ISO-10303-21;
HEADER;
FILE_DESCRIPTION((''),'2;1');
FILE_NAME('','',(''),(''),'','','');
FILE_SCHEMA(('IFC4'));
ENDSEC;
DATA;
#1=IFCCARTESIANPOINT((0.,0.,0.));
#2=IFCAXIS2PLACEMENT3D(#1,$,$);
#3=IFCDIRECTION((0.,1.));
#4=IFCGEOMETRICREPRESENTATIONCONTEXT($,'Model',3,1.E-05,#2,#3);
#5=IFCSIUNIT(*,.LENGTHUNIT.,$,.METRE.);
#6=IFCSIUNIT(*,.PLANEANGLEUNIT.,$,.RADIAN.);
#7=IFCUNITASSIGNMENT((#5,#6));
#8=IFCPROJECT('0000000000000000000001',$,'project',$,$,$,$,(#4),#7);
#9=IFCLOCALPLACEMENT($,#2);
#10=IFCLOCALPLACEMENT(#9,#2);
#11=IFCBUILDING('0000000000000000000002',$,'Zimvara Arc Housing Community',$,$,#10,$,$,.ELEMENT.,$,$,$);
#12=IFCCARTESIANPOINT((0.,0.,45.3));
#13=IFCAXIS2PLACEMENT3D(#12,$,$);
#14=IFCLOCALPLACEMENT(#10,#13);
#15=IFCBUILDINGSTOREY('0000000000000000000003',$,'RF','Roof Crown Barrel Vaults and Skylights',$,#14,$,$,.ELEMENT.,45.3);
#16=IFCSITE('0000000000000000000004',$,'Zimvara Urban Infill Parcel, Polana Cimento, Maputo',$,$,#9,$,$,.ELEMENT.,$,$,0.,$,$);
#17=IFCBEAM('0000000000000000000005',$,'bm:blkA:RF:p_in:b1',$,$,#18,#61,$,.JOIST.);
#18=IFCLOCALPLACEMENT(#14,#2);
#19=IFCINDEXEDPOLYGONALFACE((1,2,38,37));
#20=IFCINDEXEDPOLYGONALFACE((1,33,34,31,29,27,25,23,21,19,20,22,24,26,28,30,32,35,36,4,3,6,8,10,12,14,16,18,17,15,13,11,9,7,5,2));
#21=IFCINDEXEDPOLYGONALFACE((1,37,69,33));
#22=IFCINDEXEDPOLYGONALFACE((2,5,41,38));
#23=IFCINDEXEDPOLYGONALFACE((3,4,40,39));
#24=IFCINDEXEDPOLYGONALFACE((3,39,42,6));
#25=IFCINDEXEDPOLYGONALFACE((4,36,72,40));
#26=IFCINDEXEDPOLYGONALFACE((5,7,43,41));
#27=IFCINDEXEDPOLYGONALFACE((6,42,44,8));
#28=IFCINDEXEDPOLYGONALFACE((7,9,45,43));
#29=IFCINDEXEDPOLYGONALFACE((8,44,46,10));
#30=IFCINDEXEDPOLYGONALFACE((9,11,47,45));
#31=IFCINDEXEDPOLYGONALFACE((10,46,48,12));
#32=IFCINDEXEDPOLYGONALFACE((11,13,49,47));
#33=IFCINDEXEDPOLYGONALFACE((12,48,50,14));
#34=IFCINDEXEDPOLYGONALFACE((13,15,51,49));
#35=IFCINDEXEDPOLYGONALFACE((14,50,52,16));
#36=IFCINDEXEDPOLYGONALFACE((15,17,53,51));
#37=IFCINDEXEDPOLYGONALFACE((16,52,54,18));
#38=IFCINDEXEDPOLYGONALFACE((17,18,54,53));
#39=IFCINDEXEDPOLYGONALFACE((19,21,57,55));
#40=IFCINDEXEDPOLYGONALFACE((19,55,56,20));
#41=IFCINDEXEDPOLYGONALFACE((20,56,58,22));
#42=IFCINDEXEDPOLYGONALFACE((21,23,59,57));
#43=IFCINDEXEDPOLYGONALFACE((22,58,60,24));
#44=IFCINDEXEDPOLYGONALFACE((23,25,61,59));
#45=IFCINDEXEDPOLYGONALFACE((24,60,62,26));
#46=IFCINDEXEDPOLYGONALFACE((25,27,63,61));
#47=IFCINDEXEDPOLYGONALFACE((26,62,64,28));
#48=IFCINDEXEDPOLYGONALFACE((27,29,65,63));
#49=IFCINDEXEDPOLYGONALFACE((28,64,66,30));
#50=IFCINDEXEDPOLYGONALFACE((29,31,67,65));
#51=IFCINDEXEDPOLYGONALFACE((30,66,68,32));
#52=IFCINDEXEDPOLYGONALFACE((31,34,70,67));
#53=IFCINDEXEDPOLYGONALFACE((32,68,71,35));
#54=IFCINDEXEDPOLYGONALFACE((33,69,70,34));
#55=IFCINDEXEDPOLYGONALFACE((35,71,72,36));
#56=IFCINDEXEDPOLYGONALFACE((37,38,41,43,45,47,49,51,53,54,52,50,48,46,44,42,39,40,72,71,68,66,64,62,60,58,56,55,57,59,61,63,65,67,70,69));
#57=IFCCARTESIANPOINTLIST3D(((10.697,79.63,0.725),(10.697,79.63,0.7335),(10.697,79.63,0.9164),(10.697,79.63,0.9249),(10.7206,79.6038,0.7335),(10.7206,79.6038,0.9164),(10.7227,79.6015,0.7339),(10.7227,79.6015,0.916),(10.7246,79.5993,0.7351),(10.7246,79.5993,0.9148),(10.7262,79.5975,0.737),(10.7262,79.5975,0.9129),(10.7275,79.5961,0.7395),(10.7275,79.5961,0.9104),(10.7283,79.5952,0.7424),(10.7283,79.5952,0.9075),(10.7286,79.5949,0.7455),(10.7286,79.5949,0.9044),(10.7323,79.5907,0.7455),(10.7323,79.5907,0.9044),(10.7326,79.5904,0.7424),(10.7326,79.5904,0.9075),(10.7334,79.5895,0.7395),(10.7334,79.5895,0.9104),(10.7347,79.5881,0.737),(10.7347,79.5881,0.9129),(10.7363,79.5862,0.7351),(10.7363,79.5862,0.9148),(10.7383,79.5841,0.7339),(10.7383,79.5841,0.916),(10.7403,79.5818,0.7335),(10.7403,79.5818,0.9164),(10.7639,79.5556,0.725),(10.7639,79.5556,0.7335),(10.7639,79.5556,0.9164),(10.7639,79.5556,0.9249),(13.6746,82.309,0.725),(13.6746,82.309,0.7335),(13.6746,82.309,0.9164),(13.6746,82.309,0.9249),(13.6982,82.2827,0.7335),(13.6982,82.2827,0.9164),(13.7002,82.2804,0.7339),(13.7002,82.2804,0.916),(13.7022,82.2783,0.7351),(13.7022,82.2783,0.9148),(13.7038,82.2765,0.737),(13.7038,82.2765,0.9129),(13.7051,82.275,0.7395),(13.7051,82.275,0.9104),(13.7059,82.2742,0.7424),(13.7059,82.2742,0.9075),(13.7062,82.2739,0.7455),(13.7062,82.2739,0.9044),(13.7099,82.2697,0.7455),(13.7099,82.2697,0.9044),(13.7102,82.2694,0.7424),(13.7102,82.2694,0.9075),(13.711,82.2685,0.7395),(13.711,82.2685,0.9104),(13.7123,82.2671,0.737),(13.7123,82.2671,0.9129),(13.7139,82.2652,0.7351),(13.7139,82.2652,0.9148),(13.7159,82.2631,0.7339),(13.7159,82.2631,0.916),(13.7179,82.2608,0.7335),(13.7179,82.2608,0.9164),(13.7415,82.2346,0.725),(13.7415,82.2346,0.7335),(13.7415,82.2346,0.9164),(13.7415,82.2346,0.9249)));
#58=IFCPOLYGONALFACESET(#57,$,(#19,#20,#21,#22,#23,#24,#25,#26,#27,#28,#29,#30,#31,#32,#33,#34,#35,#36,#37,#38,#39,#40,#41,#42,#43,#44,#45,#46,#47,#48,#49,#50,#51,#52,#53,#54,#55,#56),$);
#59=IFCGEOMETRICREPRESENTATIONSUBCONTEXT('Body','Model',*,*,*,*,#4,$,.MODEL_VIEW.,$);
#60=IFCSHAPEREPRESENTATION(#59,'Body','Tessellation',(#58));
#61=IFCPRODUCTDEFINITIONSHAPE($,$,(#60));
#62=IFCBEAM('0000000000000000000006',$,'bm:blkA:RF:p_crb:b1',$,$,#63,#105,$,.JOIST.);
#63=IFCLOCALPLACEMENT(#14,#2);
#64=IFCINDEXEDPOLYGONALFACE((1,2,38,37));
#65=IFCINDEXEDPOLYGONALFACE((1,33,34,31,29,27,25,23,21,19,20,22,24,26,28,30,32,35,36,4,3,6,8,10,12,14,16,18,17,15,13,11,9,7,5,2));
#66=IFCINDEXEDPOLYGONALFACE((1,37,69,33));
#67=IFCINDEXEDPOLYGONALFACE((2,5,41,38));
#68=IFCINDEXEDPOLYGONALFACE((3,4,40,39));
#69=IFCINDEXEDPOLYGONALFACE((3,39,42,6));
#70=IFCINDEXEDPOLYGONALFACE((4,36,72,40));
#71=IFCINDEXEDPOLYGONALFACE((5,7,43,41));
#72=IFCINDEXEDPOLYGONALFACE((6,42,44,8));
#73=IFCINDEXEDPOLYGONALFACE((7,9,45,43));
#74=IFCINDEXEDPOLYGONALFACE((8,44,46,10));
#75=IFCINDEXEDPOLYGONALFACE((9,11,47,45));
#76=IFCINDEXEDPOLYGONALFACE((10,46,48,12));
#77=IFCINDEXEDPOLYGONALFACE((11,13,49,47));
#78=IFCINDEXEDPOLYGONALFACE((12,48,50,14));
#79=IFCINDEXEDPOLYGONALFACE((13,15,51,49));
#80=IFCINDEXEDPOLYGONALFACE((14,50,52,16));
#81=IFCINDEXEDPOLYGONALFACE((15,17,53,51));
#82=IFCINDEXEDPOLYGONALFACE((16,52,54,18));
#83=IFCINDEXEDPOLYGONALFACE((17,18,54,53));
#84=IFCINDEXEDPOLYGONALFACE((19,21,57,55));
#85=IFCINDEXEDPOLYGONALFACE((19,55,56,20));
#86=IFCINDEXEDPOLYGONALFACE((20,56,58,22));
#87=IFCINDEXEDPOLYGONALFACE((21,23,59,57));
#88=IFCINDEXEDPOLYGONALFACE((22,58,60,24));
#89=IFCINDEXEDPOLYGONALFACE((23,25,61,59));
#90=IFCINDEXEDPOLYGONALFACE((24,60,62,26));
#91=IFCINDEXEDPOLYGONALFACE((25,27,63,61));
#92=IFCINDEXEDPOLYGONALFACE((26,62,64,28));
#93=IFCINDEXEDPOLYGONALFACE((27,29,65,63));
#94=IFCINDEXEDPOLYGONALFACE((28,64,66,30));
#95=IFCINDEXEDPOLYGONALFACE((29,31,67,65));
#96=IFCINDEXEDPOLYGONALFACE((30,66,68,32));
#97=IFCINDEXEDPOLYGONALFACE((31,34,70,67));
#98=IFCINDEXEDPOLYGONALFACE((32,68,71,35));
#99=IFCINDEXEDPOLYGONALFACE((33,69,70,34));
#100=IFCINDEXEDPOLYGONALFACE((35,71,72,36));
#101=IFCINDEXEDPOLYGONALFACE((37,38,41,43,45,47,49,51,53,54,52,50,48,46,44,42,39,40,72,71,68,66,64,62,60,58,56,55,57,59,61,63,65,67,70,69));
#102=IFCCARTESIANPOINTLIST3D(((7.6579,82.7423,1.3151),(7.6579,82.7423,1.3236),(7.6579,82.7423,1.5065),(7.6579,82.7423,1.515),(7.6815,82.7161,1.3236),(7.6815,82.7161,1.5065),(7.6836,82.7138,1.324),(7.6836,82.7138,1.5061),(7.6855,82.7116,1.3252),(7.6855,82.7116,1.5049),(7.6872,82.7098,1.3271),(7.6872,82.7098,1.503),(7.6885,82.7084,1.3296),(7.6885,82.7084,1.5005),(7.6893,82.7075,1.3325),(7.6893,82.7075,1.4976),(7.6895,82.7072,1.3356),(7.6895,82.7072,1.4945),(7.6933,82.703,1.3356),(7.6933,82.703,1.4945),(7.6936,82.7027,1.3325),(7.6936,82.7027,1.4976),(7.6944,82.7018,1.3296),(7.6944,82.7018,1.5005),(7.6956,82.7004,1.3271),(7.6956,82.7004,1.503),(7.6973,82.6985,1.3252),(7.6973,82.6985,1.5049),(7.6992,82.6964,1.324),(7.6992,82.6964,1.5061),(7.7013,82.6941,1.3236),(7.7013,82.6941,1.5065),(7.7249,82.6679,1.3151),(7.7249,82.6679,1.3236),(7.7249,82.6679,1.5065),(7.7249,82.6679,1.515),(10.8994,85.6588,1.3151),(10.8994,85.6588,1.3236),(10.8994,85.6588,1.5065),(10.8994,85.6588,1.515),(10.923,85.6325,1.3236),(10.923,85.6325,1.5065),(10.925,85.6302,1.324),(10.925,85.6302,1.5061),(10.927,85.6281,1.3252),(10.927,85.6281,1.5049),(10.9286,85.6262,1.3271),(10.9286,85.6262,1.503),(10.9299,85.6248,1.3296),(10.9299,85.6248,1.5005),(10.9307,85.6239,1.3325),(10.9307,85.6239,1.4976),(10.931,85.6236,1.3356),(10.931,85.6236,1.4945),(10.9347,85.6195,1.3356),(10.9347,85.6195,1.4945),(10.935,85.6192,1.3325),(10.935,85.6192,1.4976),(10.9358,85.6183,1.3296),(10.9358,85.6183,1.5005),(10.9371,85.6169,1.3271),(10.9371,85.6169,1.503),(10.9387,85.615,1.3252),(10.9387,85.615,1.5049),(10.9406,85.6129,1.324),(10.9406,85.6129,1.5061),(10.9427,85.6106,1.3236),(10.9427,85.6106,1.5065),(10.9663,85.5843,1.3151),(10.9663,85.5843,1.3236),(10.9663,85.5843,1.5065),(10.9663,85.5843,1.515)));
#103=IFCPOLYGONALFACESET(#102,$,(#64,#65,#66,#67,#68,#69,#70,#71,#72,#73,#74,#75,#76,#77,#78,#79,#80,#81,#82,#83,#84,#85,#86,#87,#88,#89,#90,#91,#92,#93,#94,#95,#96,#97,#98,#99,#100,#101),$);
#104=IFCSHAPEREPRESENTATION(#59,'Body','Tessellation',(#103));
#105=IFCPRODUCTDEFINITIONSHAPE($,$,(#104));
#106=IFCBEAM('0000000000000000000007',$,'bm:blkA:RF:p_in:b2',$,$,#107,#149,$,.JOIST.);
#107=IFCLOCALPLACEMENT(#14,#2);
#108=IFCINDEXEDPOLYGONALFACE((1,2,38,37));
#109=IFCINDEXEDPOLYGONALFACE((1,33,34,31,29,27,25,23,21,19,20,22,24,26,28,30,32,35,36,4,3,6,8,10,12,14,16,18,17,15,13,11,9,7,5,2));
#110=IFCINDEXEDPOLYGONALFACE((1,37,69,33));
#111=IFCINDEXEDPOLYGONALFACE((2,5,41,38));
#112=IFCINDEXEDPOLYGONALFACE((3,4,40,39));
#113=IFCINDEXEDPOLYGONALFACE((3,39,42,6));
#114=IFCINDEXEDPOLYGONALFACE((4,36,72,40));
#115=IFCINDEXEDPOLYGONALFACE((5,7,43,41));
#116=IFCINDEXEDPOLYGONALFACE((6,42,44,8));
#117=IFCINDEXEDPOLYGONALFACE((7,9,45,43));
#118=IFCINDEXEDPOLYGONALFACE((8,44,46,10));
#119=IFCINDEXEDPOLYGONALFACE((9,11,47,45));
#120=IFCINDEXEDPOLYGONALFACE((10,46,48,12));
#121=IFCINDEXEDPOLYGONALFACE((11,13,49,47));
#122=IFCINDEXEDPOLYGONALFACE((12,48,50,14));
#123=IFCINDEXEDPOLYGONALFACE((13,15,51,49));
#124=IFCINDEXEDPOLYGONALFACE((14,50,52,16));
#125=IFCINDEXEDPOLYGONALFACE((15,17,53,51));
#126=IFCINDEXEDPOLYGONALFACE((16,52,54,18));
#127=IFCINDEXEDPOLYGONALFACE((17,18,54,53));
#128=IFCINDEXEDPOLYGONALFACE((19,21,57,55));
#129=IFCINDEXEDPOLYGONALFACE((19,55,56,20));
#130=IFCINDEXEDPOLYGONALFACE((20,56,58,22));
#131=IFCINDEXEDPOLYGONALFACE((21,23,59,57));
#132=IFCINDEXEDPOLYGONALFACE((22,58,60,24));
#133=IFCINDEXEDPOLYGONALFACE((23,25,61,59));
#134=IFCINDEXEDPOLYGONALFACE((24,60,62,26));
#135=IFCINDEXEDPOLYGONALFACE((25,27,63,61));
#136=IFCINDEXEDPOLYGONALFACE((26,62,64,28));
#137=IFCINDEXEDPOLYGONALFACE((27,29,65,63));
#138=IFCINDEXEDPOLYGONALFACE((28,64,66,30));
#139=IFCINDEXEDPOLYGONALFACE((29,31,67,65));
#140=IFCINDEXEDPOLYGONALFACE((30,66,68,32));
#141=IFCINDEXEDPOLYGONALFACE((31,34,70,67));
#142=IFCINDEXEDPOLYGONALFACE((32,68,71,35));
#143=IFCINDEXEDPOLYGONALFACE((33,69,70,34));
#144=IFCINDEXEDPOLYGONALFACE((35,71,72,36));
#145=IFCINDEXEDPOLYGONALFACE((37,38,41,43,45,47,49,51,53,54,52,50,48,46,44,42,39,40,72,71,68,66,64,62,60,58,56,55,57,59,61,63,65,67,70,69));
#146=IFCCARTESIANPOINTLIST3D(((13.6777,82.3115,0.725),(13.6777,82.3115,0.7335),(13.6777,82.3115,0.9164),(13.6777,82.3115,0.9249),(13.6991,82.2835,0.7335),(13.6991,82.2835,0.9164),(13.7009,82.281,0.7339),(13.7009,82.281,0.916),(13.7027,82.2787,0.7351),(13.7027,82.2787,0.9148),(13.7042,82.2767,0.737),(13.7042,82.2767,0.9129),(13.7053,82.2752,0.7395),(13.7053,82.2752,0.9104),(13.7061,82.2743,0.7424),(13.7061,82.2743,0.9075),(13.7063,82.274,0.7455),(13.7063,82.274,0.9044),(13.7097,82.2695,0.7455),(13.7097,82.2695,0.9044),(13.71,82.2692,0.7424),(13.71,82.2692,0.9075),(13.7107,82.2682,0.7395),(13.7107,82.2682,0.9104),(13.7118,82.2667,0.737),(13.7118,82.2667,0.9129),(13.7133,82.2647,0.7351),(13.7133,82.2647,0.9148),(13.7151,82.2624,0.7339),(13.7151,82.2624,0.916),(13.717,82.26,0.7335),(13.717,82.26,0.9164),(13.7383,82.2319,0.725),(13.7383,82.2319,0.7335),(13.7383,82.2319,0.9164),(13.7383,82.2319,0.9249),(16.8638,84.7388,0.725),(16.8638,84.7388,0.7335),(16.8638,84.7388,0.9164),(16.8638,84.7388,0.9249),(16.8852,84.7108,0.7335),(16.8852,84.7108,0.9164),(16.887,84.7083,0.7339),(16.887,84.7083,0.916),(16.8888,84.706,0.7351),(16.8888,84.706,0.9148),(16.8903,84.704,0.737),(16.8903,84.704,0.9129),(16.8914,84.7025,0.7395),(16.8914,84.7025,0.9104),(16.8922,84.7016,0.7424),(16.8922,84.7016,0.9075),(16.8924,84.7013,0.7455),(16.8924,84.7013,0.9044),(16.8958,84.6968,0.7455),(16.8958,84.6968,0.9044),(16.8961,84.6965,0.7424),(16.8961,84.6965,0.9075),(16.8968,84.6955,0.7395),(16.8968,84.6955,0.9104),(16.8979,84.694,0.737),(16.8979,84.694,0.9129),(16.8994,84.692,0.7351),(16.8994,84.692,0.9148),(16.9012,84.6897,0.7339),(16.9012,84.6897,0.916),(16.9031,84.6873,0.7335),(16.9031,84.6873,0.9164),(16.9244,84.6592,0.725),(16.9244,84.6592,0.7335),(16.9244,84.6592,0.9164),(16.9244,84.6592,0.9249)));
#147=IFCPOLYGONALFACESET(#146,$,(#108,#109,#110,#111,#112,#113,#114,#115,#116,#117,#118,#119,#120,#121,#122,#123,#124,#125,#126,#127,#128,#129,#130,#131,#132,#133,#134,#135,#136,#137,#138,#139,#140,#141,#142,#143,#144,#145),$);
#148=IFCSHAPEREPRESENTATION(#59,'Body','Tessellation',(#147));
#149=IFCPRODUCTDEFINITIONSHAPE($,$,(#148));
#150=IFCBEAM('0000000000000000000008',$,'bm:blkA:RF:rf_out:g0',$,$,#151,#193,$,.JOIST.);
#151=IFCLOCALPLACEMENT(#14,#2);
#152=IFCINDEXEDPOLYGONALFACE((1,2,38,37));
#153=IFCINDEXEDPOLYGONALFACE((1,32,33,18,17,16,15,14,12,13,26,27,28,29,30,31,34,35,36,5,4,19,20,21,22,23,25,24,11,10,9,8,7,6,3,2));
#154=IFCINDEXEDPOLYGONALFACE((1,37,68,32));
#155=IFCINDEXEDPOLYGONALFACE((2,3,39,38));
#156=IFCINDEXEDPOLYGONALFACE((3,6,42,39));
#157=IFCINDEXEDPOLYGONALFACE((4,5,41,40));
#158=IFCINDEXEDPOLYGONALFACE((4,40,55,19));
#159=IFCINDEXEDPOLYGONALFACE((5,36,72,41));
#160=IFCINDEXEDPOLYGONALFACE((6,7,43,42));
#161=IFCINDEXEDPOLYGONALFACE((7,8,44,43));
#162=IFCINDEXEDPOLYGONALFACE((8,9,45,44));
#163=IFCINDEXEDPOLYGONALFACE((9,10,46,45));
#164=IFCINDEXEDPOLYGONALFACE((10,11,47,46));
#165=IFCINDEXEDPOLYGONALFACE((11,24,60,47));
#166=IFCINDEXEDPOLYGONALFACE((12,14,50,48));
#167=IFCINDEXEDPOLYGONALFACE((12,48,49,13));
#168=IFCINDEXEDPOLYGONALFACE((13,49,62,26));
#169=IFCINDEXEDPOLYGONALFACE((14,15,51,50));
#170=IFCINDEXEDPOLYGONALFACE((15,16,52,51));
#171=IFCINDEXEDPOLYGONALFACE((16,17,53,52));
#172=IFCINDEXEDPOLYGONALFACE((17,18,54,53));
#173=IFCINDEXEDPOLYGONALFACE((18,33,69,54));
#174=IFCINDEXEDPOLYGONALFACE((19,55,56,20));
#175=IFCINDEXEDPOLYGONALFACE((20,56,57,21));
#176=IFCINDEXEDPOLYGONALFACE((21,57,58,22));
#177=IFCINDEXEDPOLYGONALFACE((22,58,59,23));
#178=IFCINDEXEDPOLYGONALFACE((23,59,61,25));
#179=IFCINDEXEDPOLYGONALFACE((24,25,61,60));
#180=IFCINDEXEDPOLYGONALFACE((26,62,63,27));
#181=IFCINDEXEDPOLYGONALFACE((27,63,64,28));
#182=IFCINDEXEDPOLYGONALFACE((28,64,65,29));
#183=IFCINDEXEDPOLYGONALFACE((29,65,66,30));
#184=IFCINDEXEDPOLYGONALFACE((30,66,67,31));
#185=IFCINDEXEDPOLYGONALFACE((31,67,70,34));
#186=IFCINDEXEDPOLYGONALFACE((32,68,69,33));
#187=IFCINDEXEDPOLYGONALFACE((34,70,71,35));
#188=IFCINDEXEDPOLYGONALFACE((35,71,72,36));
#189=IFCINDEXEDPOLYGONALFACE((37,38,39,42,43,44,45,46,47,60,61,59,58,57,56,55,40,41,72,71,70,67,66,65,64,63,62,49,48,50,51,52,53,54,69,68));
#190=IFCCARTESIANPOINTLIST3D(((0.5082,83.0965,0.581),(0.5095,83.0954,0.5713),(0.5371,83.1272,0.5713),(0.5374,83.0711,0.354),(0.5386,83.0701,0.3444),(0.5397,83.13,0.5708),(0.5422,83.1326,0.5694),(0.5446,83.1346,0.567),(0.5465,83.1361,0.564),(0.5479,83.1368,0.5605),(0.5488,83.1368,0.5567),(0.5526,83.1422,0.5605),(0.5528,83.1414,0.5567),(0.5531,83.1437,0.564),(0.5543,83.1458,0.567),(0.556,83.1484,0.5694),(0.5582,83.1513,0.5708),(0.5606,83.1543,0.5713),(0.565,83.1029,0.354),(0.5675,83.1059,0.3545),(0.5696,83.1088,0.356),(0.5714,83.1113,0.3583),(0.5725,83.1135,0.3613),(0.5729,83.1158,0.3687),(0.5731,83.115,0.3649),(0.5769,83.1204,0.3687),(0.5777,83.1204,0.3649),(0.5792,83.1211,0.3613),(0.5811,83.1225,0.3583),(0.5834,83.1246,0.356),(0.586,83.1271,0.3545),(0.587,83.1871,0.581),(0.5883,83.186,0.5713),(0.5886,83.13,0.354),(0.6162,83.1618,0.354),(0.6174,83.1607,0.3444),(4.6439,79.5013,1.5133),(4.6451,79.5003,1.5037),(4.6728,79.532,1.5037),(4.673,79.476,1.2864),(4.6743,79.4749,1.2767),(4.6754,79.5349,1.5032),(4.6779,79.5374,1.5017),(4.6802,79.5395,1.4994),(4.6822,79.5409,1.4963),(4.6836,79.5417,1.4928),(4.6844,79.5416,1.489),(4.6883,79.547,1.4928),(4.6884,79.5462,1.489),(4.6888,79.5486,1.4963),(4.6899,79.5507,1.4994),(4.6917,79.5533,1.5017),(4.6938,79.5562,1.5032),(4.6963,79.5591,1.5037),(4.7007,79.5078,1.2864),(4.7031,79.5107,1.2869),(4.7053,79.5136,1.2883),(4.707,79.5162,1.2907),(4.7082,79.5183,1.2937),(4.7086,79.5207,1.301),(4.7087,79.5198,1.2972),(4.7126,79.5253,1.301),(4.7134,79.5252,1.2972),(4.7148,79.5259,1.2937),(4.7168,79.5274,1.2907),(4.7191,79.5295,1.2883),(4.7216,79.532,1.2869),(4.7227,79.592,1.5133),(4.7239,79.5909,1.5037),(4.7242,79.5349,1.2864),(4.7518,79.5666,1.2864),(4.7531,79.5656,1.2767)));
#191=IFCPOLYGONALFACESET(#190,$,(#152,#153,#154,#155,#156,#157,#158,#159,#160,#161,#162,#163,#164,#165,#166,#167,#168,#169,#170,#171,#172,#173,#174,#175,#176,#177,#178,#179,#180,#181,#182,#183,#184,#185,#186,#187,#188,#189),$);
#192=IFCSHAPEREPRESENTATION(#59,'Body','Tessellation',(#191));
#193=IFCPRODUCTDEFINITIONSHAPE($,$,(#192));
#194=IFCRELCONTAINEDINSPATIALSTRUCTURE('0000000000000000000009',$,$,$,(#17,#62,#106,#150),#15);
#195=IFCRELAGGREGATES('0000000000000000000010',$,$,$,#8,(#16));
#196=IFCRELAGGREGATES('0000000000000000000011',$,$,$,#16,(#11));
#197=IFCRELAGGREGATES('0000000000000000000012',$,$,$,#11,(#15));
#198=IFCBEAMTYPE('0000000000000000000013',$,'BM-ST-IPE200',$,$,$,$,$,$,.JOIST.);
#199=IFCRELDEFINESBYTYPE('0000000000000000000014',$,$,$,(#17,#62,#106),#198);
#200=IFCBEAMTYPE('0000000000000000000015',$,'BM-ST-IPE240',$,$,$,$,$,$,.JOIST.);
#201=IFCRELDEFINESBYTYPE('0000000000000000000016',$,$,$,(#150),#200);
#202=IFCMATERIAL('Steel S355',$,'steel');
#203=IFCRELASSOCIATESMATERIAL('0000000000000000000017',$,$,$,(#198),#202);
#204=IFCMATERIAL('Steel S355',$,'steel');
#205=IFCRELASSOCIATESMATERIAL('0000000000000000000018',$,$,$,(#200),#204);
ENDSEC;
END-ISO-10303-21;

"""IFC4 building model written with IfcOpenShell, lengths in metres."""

from ifc_helpers import new_model, si_unit, direction, frame, origin, origin_2d, place, context, subcontext, project, spatial, i_section, extrude, material, material_profile, profile_set, type_object, element, save


model = new_model("IFC4")

# Units and contexts
model_context = context("Model", 3, precision=1e-05, world=origin(), true_north=direction((0.0, 1.0)))
body_context = subcontext(model_context, "Body", "Model", "MODEL_VIEW")
ifc_project = project(units=[si_unit("LENGTHUNIT", "METRE"), si_unit("PLANEANGLEUNIT", "RADIAN")], contexts=[model_context])

# Site, building, storey
site_placement = place(None, origin())
site = spatial("IfcSite", under=ifc_project, at=site_placement, Name="Zimvara Urban Infill Parcel, Polana Cimento, Maputo", CompositionType="ELEMENT", RefElevation=0.0)
building_placement = place(site_placement, origin())
building = spatial("IfcBuilding", under=site, at=building_placement, Name="Zimvara Arc Housing Community", CompositionType="ELEMENT")
storey_placement = place(building_placement, frame((0.0, 0.0, 45.3)))
storey = spatial("IfcBuildingStorey", under=building, at=storey_placement, Name="RF", Description="Roof Crown Barrel Vaults and Skylights", CompositionType="ELEMENT", Elevation=45.3)

# Beams
ifc_material_1 = material(Name="Steel S355", Category="steel")
ifc_material_profile_1 = material_profile(ifc_material_1, i_section(OverallWidth=0.1001, OverallDepth=0.2, WebThickness=0.0056, FlangeThickness=0.0085, FilletRadius=0.012, at=origin_2d()), Name="IPE 200")
ifc_profile_set_1 = profile_set([ifc_material_profile_1], Name="Steel S355")
beam_type_1 = type_object("IfcBeamType", Name="BM-ST-IPE200", PredefinedType="JOIST", material=ifc_profile_set_1)
beam_1_placement = place(storey_placement, frame((10.7305, 79.5928, 0.825), z_axis=(0.743397, 0.66885, 0.0), x_axis=(-0.66885, 0.743397, 0.0)))
element("IfcBeam", 1, at=beam_1_placement, inside=storey, type_object=beam_type_1, Name="bm:blkA:RF:p_in:b1", PredefinedType="JOIST", context=body_context, shape_type="SweptSolid", body=[
    extrude(i_section(OverallWidth=0.1001, OverallDepth=0.2, WebThickness=0.0056, FlangeThickness=0.0085, FilletRadius=0.012, at=origin_2d()), origin(), (0.0, 0.0, 1.0), 4.0054),
])
beam_2_placement = place(storey_placement, frame((7.6914, 82.7051, 1.415), z_axis=(0.743386, 0.668863, 0.0), x_axis=(-0.668863, 0.743386, 0.0)))
element("IfcBeam", 2, at=beam_2_placement, inside=storey, type_object=beam_type_1, Name="bm:blkA:RF:p_crb:b1", PredefinedType="JOIST", context=body_context, shape_type="SweptSolid", body=[
    extrude(i_section(OverallWidth=0.1001, OverallDepth=0.2, WebThickness=0.0056, FlangeThickness=0.0085, FilletRadius=0.012, at=origin_2d()), origin(), (0.0, 0.0, 1.0), 4.3604),
])
beam_3_placement = place(storey_placement, frame((13.708, 82.2717, 0.825), z_axis=(0.795457, 0.60601, 0.0), x_axis=(-0.60601, 0.795457, 0.0)))
element("IfcBeam", 3, at=beam_3_placement, inside=storey, type_object=beam_type_1, Name="bm:blkA:RF:p_in:b2", PredefinedType="JOIST", context=body_context, shape_type="SweptSolid", body=[
    extrude(i_section(OverallWidth=0.1001, OverallDepth=0.2, WebThickness=0.0056, FlangeThickness=0.0085, FilletRadius=0.012, at=origin_2d()), origin(), (0.0, 0.0, 1.0), 4.0054),
])
ifc_material_2 = material(Name="Steel S355", Category="steel")
ifc_material_profile_2 = material_profile(ifc_material_2, i_section(OverallWidth=0.1201, OverallDepth=0.24, WebThickness=0.0061, FlangeThickness=0.0098, FilletRadius=0.0149, at=origin_2d()), Name="IPE 240")
ifc_profile_set_2 = profile_set([ifc_material_profile_2], Name="Steel S355")
beam_type_2 = type_object("IfcBeamType", Name="BM-ST-IPE240", PredefinedType="JOIST", material=ifc_profile_set_2)
beam_4_placement = place(storey_placement, frame((4.6985, 79.5334, 1.395), z_axis=(-0.744011, 0.646771, -0.167732), x_axis=(-0.656066, -0.754703, 0.0)))
element("IfcBeam", 4, at=beam_4_placement, inside=storey, type_object=beam_type_2, Name="bm:blkA:RF:rf_out:g0", PredefinedType="JOIST", context=body_context, shape_type="SweptSolid", body=[
    extrude(i_section(OverallWidth=0.1201, OverallDepth=0.24, WebThickness=0.0061, FlangeThickness=0.0098, FilletRadius=0.0149, at=origin_2d()), origin(), (0.0, 0.0, 1.0), 5.5586),
])

save(model, "model.ifc")
